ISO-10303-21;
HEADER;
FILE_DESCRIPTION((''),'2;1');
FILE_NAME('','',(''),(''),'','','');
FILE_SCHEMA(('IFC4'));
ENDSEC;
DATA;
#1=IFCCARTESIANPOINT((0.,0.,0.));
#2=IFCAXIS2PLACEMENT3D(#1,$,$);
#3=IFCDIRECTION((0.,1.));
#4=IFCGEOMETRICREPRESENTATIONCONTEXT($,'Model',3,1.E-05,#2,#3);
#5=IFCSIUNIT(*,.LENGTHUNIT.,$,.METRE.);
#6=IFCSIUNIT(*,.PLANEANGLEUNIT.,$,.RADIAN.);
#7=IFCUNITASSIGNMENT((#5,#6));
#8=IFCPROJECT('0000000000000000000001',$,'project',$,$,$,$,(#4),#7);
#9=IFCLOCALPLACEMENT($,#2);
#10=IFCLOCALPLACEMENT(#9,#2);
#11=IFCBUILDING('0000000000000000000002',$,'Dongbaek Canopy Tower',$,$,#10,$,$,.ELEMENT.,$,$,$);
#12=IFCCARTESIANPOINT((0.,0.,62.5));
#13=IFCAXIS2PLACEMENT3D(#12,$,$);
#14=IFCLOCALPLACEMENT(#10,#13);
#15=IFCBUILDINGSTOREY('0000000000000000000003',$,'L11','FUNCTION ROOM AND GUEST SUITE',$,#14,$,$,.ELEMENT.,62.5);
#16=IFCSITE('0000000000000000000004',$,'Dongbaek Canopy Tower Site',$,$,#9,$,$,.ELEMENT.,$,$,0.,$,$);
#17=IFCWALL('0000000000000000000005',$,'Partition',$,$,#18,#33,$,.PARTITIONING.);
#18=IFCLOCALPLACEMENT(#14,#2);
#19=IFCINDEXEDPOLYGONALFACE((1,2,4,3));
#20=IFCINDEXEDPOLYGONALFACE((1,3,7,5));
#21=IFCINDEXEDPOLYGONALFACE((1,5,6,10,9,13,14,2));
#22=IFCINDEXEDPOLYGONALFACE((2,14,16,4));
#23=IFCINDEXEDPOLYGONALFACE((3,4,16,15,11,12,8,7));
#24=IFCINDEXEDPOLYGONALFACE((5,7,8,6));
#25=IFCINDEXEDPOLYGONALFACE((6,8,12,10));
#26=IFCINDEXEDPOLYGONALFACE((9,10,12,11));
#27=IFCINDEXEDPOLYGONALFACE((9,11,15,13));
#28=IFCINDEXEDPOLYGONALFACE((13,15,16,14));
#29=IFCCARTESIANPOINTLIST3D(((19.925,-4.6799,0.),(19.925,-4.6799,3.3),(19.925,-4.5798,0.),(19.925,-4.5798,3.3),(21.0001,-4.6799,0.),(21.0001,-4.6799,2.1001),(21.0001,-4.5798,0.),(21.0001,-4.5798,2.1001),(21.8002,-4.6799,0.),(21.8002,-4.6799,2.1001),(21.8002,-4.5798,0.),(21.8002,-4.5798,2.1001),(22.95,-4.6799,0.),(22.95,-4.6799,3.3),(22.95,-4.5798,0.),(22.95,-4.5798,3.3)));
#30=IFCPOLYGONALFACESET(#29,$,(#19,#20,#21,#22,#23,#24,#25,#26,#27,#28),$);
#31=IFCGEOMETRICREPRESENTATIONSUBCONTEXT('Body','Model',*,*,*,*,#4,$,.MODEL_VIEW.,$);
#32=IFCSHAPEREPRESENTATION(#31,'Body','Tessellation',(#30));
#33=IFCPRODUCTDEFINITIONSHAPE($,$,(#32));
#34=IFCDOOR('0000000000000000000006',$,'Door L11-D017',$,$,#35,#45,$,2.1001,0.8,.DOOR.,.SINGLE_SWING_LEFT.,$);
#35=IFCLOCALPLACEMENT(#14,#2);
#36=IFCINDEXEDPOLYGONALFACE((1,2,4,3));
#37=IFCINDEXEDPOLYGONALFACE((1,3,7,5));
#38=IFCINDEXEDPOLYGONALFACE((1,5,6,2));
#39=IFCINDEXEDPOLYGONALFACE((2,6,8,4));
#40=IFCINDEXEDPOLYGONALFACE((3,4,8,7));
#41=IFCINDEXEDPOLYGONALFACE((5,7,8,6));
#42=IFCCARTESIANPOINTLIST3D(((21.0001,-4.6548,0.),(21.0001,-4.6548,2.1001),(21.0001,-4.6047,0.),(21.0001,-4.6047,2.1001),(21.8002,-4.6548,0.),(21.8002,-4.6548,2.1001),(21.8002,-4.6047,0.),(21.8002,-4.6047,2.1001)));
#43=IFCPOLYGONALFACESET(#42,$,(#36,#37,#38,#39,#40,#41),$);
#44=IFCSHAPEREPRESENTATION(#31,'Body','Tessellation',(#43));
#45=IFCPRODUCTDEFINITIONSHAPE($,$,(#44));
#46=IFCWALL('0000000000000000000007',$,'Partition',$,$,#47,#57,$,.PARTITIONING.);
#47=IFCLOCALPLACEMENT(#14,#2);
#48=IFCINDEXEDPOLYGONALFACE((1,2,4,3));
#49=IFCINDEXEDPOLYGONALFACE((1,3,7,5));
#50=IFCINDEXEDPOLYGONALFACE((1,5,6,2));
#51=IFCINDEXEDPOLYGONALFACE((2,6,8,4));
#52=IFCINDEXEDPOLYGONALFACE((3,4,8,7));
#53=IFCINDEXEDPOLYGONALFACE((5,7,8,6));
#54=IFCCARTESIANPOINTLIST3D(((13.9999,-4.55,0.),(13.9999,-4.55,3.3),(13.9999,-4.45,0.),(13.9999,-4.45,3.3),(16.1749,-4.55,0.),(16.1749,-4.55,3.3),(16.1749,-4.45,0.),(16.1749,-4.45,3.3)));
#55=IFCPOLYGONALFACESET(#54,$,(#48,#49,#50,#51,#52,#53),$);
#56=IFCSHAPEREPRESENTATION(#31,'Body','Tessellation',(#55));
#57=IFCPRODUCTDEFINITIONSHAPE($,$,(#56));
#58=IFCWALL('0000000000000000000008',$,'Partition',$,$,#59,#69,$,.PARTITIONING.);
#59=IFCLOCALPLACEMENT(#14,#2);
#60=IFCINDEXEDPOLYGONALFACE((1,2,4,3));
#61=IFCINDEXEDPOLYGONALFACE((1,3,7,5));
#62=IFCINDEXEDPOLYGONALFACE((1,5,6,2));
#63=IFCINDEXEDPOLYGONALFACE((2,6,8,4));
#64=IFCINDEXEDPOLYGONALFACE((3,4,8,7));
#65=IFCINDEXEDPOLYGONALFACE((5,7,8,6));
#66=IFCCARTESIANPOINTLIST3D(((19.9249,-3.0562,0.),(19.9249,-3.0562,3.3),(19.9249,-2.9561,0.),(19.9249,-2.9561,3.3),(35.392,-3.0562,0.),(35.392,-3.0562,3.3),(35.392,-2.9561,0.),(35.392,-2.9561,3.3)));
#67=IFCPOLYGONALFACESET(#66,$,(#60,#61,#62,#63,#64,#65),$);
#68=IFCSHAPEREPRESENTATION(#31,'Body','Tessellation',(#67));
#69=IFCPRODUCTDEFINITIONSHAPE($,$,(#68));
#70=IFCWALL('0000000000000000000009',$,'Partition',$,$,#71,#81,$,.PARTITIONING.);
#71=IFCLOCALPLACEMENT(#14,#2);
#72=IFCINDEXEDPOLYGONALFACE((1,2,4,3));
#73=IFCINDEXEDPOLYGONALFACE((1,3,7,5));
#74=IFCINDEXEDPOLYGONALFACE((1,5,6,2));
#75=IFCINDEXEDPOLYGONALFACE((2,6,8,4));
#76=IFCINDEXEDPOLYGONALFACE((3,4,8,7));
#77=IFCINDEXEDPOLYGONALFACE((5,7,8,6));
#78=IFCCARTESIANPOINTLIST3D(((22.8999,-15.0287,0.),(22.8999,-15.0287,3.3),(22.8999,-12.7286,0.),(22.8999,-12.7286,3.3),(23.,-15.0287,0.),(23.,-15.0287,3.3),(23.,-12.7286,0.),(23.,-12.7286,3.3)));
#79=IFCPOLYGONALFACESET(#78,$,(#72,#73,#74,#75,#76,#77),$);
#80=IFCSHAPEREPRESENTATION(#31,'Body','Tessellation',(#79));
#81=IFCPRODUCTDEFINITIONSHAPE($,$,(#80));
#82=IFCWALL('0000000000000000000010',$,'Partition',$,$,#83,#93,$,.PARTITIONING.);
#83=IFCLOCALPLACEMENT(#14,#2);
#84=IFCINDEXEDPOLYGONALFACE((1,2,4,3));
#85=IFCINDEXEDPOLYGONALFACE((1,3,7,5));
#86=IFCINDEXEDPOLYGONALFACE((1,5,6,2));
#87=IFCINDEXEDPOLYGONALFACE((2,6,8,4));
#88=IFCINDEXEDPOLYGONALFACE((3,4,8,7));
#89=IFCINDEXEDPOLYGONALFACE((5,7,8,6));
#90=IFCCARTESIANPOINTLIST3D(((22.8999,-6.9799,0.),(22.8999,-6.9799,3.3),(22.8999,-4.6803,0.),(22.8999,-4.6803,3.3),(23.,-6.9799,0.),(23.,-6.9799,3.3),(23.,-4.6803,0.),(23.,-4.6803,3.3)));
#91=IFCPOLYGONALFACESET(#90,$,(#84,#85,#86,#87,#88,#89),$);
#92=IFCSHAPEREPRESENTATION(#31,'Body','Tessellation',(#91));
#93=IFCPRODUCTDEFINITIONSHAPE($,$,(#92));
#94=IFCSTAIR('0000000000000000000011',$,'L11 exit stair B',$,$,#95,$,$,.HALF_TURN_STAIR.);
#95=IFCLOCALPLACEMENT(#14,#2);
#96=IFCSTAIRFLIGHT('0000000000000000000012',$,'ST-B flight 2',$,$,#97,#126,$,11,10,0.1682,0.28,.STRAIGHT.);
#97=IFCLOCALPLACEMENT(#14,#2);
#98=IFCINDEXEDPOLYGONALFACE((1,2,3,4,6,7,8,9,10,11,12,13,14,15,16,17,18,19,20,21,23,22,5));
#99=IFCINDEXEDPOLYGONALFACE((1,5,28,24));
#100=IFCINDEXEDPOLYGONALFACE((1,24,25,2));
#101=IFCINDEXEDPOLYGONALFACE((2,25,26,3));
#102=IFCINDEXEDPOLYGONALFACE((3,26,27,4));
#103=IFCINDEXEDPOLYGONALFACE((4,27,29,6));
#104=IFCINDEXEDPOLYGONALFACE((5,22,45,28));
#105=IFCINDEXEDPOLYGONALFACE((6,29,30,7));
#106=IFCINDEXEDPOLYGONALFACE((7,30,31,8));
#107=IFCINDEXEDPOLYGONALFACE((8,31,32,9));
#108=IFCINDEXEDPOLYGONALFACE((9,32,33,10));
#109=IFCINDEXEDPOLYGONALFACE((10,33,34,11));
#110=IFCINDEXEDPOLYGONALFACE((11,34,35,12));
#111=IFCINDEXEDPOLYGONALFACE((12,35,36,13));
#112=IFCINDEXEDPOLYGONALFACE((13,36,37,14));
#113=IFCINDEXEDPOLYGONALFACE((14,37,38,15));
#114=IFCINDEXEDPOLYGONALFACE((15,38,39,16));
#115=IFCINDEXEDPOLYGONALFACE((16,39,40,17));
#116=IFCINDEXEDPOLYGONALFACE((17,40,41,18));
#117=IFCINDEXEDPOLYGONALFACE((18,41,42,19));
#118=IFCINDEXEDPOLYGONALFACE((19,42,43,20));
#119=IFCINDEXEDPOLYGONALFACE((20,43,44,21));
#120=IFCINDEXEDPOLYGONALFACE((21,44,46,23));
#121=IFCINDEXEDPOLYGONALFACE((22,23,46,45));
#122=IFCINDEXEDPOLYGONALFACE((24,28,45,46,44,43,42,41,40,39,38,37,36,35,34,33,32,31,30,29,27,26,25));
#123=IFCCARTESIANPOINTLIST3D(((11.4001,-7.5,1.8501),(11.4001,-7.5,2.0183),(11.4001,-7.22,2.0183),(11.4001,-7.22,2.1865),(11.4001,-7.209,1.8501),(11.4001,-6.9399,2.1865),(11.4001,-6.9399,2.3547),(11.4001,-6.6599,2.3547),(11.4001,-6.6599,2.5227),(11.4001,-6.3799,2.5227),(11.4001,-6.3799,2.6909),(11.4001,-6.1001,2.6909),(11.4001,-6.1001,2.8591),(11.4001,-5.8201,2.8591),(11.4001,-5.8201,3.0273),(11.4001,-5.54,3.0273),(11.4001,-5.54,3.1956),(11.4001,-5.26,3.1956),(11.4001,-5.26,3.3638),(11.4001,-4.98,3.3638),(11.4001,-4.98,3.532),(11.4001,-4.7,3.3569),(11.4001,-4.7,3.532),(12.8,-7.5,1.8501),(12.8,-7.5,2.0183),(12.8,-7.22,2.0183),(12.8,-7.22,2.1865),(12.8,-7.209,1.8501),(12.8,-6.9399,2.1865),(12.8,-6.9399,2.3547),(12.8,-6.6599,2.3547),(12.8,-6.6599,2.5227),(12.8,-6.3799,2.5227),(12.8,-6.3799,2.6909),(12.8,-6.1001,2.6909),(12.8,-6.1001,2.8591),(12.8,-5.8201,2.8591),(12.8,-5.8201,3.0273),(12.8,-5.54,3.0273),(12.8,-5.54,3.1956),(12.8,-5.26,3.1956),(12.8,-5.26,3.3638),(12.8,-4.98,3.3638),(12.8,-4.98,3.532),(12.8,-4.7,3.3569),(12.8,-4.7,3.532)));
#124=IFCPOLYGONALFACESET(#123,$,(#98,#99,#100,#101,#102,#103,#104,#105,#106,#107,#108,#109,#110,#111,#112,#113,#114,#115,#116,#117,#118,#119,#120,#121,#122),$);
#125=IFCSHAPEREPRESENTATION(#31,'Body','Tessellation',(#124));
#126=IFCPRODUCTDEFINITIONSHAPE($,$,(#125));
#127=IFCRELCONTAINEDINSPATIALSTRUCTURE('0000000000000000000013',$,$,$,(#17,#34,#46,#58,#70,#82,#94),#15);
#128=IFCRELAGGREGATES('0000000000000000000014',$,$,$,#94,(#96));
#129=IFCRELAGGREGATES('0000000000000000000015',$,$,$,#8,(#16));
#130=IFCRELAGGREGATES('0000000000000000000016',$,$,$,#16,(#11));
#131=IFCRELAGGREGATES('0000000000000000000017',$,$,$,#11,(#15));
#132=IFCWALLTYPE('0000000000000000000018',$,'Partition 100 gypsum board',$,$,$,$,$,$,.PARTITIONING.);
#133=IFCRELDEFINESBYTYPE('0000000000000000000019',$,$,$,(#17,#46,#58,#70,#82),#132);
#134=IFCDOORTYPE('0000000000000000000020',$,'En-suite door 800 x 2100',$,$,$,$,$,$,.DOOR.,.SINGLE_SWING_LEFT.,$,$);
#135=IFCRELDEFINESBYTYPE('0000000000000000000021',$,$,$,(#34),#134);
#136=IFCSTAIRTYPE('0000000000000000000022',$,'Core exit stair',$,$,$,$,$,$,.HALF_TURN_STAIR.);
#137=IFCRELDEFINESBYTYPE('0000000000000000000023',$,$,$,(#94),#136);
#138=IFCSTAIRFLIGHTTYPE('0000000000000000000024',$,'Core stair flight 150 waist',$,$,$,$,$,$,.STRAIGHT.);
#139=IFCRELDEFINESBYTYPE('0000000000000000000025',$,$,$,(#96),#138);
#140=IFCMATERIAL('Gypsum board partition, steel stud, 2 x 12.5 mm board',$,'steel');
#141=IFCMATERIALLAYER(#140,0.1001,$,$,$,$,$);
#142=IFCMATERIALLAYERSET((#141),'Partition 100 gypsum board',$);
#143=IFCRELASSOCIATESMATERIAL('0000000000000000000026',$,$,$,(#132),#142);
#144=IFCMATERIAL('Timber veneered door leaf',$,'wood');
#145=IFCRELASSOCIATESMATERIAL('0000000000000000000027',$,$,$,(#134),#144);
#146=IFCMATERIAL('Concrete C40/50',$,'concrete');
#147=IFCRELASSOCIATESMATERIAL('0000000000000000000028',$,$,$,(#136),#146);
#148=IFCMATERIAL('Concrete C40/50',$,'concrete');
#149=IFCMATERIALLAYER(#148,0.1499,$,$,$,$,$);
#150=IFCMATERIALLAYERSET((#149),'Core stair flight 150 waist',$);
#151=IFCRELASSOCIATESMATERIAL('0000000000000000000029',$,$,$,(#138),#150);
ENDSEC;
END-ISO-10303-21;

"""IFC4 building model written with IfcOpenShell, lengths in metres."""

from ifc_helpers import new_model, si_unit, direction, frame, frame_2d, origin, place, context, subcontext, project, spatial, polyline, rectangle, outline, extrude, material, layer, layer_set, type_object, element, fill, aggregate, save


model = new_model("IFC4")

# Units and contexts
model_context = context("Model", 3, precision=1e-05, world=origin(), true_north=direction((0.0, 1.0)))
body_context = subcontext(model_context, "Body", "Model", "MODEL_VIEW")
ifc_project = project(units=[si_unit("LENGTHUNIT", "METRE"), si_unit("PLANEANGLEUNIT", "RADIAN")], contexts=[model_context])

# Site, building, storey
site_placement = place(None, origin())
site = spatial("IfcSite", under=ifc_project, at=site_placement, Name="Dongbaek Canopy Tower Site", CompositionType="ELEMENT", RefElevation=0.0)
building_placement = place(site_placement, origin())
building = spatial("IfcBuilding", under=site, at=building_placement, Name="Dongbaek Canopy Tower", CompositionType="ELEMENT")
storey_placement = place(building_placement, frame((0.0, 0.0, 62.5)))
storey = spatial("IfcBuildingStorey", under=building, at=storey_placement, Name="L11", Description="FUNCTION ROOM AND GUEST SUITE", CompositionType="ELEMENT", Elevation=62.5)

# Shared definitions
ifc_material_1 = material(Name="Gypsum board partition, steel stud, 2 x 12.5 mm board", Category="steel")
ifc_layer_1 = layer(ifc_material_1, 0.1001)
ifc_layer_set_1 = layer_set([ifc_layer_1], Name="Partition 100 gypsum board")
wall_type_1 = type_object("IfcWallType", Name="Partition 100 gypsum board", PredefinedType="PARTITIONING", material=ifc_layer_set_1)

# Shared definitions
ifc_material_2 = material(Name="Timber veneered door leaf", Category="wood")
door_type_1 = type_object("IfcDoorType", Name="En-suite door 800 x 2100", OperationType="SINGLE_SWING_LEFT", PredefinedType="DOOR", material=ifc_material_2)

# Wall, opening, door
wall_1_placement = place(storey_placement, frame((22.95, -4.6299, 0.0), z_axis=(0.0, 0.0, 1.0), x_axis=(-1.0, 0.0, 0.0)))
wall_1 = element("IfcWall", 1, at=wall_1_placement, inside=storey, type_object=wall_type_1, Name="Partition", PredefinedType="PARTITIONING", context=body_context, shape_type="SweptSolid", body=[
    extrude(rectangle(XDim=3.0249, YDim=0.1001, at=frame_2d((1.5125, 0.0))), origin(), (0.0, 0.0, 1.0), 3.3),
])
opening_1_placement = place(wall_1_placement, frame((1.1499, 0.0, 0.0)))
opening_1 = element("IfcOpeningElement", 2, at=opening_1_placement, cuts=wall_1, PredefinedType="OPENING", context=body_context, shape_type="SweptSolid", body=[
    extrude(rectangle(XDim=0.8, YDim=2.1001, at=frame_2d((0.3999, 1.05))), frame((0.0, 0.0601, 0.0), z_axis=(0.0, -1.0, 0.0), x_axis=(1.0, 0.0, 0.0)), (0.0, 0.0, 1.0), 0.1201),
])
door_1_placement = place(opening_1_placement, origin())
door_1 = element("IfcDoor", 3, at=door_1_placement, inside=storey, type_object=door_type_1, Name="Door L11-D017", OperationType="SINGLE_SWING_LEFT", OverallHeight=2.1001, OverallWidth=0.8, PredefinedType="DOOR", context=body_context, shape_type="SweptSolid", body=[
    extrude(rectangle(XDim=0.8, YDim=2.1001, at=frame_2d((0.3999, 1.05))), frame((0.0, 0.0249, 0.0), z_axis=(0.0, -1.0, 0.0), x_axis=(1.0, 0.0, 0.0)), (0.0, 0.0, 1.0), 0.05),
])
fill(opening_1, door_1)

# Walls
wall_2_placement = place(storey_placement, frame((14.0, -4.5, 0.0), z_axis=(0.0, 0.0, 1.0), x_axis=(1.0, 0.0, 0.0)))
element("IfcWall", 4, at=wall_2_placement, inside=storey, type_object=wall_type_1, Name="Partition", PredefinedType="PARTITIONING", context=body_context, shape_type="SweptSolid", body=[
    extrude(rectangle(XDim=2.175, YDim=0.1001, at=frame_2d((1.0874, 0.0))), origin(), (0.0, 0.0, 1.0), 3.3),
])
wall_3_placement = place(storey_placement, frame((19.925, -3.0061, 0.0), z_axis=(0.0, 0.0, 1.0), x_axis=(1.0, 0.0, 0.0)))
element("IfcWall", 5, at=wall_3_placement, inside=storey, type_object=wall_type_1, Name="Partition", PredefinedType="PARTITIONING", context=body_context, shape_type="SweptSolid", body=[
    extrude(rectangle(XDim=15.467, YDim=0.1001, at=frame_2d((7.7334, 0.0))), origin(), (0.0, 0.0, 1.0), 3.3),
])
wall_4_placement = place(storey_placement, frame((22.95, -15.0286, 0.0), z_axis=(0.0, 0.0, 1.0), x_axis=(0.0, 1.0, 0.0)))
element("IfcWall", 6, at=wall_4_placement, inside=storey, type_object=wall_type_1, Name="Partition", PredefinedType="PARTITIONING", context=body_context, shape_type="SweptSolid", body=[
    extrude(rectangle(XDim=2.3, YDim=0.1001, at=frame_2d((1.1499, 0.0))), origin(), (0.0, 0.0, 1.0), 3.3),
])
wall_5_placement = place(storey_placement, frame((22.95, -6.98, 0.0), z_axis=(0.0, 0.0, 1.0), x_axis=(0.0, 1.0, 0.0)))
element("IfcWall", 7, at=wall_5_placement, inside=storey, type_object=wall_type_1, Name="Partition", PredefinedType="PARTITIONING", context=body_context, shape_type="SweptSolid", body=[
    extrude(rectangle(XDim=2.2996, YDim=0.1001, at=frame_2d((1.1499, 0.0))), origin(), (0.0, 0.0, 1.0), 3.3),
])

# Stair, stair flight
ifc_material_3 = material(Name="Concrete C40/50", Category="concrete")
stair_type = type_object("IfcStairType", Name="Core exit stair", PredefinedType="HALF_TURN_STAIR", material=ifc_material_3)
stair_placement = place(storey_placement, origin())
stair = element("IfcStair", 8, at=stair_placement, inside=storey, type_object=stair_type, Name="L11 exit stair B", PredefinedType="HALF_TURN_STAIR")
ifc_material_4 = material(Name="Concrete C40/50", Category="concrete")
ifc_layer_2 = layer(ifc_material_4, 0.1499)
ifc_layer_set_2 = layer_set([ifc_layer_2], Name="Core stair flight 150 waist")
stair_flight_type = type_object("IfcStairFlightType", Name="Core stair flight 150 waist", PredefinedType="STRAIGHT", material=ifc_layer_set_2)
stair_flight_placement = place(storey_placement, frame((12.1001, -7.5, 1.8501), z_axis=(0.0, 0.0, 1.0), x_axis=(0.0, 1.0, 0.0)))
stair_flight = element("IfcStairFlight", 9, at=stair_flight_placement, type_object=stair_flight_type, Name="ST-B flight 2", NumberOfRisers=11, NumberOfTreads=10, PredefinedType="STRAIGHT", RiserHeight=0.1682, TreadLength=0.28, context=body_context, shape_type="SweptSolid", body=[
    extrude(outline(polyline([(0.0, 0.0), (0.0, 0.1682), (0.28, 0.1682), (0.28, 0.3364), (0.5601, 0.3364), (0.5601, 0.5046), (0.8401, 0.5046), (0.8401, 0.6726), (1.1201, 0.6726), (1.1201, 0.8408), (1.3999, 0.8408), (1.3999, 1.009), (1.6799, 1.009), (1.6799, 1.1772), (1.96, 1.1772), (1.96, 1.3455), (2.24, 1.3455), (2.24, 1.5137), (2.52, 1.5137), (2.52, 1.6819), (2.8, 1.6819), (2.8, 1.8501), (2.8, 1.5068), (0.291, 0.0), (0.0, 0.0)])), frame((0.0, 0.7, 0.0), z_axis=(0.0, -1.0, 0.0), x_axis=(1.0, 0.0, 0.0)), (0.0, 0.0, 1.0), 1.3999),
])
aggregate(stair, [stair_flight])

save(model, "model.ifc")
